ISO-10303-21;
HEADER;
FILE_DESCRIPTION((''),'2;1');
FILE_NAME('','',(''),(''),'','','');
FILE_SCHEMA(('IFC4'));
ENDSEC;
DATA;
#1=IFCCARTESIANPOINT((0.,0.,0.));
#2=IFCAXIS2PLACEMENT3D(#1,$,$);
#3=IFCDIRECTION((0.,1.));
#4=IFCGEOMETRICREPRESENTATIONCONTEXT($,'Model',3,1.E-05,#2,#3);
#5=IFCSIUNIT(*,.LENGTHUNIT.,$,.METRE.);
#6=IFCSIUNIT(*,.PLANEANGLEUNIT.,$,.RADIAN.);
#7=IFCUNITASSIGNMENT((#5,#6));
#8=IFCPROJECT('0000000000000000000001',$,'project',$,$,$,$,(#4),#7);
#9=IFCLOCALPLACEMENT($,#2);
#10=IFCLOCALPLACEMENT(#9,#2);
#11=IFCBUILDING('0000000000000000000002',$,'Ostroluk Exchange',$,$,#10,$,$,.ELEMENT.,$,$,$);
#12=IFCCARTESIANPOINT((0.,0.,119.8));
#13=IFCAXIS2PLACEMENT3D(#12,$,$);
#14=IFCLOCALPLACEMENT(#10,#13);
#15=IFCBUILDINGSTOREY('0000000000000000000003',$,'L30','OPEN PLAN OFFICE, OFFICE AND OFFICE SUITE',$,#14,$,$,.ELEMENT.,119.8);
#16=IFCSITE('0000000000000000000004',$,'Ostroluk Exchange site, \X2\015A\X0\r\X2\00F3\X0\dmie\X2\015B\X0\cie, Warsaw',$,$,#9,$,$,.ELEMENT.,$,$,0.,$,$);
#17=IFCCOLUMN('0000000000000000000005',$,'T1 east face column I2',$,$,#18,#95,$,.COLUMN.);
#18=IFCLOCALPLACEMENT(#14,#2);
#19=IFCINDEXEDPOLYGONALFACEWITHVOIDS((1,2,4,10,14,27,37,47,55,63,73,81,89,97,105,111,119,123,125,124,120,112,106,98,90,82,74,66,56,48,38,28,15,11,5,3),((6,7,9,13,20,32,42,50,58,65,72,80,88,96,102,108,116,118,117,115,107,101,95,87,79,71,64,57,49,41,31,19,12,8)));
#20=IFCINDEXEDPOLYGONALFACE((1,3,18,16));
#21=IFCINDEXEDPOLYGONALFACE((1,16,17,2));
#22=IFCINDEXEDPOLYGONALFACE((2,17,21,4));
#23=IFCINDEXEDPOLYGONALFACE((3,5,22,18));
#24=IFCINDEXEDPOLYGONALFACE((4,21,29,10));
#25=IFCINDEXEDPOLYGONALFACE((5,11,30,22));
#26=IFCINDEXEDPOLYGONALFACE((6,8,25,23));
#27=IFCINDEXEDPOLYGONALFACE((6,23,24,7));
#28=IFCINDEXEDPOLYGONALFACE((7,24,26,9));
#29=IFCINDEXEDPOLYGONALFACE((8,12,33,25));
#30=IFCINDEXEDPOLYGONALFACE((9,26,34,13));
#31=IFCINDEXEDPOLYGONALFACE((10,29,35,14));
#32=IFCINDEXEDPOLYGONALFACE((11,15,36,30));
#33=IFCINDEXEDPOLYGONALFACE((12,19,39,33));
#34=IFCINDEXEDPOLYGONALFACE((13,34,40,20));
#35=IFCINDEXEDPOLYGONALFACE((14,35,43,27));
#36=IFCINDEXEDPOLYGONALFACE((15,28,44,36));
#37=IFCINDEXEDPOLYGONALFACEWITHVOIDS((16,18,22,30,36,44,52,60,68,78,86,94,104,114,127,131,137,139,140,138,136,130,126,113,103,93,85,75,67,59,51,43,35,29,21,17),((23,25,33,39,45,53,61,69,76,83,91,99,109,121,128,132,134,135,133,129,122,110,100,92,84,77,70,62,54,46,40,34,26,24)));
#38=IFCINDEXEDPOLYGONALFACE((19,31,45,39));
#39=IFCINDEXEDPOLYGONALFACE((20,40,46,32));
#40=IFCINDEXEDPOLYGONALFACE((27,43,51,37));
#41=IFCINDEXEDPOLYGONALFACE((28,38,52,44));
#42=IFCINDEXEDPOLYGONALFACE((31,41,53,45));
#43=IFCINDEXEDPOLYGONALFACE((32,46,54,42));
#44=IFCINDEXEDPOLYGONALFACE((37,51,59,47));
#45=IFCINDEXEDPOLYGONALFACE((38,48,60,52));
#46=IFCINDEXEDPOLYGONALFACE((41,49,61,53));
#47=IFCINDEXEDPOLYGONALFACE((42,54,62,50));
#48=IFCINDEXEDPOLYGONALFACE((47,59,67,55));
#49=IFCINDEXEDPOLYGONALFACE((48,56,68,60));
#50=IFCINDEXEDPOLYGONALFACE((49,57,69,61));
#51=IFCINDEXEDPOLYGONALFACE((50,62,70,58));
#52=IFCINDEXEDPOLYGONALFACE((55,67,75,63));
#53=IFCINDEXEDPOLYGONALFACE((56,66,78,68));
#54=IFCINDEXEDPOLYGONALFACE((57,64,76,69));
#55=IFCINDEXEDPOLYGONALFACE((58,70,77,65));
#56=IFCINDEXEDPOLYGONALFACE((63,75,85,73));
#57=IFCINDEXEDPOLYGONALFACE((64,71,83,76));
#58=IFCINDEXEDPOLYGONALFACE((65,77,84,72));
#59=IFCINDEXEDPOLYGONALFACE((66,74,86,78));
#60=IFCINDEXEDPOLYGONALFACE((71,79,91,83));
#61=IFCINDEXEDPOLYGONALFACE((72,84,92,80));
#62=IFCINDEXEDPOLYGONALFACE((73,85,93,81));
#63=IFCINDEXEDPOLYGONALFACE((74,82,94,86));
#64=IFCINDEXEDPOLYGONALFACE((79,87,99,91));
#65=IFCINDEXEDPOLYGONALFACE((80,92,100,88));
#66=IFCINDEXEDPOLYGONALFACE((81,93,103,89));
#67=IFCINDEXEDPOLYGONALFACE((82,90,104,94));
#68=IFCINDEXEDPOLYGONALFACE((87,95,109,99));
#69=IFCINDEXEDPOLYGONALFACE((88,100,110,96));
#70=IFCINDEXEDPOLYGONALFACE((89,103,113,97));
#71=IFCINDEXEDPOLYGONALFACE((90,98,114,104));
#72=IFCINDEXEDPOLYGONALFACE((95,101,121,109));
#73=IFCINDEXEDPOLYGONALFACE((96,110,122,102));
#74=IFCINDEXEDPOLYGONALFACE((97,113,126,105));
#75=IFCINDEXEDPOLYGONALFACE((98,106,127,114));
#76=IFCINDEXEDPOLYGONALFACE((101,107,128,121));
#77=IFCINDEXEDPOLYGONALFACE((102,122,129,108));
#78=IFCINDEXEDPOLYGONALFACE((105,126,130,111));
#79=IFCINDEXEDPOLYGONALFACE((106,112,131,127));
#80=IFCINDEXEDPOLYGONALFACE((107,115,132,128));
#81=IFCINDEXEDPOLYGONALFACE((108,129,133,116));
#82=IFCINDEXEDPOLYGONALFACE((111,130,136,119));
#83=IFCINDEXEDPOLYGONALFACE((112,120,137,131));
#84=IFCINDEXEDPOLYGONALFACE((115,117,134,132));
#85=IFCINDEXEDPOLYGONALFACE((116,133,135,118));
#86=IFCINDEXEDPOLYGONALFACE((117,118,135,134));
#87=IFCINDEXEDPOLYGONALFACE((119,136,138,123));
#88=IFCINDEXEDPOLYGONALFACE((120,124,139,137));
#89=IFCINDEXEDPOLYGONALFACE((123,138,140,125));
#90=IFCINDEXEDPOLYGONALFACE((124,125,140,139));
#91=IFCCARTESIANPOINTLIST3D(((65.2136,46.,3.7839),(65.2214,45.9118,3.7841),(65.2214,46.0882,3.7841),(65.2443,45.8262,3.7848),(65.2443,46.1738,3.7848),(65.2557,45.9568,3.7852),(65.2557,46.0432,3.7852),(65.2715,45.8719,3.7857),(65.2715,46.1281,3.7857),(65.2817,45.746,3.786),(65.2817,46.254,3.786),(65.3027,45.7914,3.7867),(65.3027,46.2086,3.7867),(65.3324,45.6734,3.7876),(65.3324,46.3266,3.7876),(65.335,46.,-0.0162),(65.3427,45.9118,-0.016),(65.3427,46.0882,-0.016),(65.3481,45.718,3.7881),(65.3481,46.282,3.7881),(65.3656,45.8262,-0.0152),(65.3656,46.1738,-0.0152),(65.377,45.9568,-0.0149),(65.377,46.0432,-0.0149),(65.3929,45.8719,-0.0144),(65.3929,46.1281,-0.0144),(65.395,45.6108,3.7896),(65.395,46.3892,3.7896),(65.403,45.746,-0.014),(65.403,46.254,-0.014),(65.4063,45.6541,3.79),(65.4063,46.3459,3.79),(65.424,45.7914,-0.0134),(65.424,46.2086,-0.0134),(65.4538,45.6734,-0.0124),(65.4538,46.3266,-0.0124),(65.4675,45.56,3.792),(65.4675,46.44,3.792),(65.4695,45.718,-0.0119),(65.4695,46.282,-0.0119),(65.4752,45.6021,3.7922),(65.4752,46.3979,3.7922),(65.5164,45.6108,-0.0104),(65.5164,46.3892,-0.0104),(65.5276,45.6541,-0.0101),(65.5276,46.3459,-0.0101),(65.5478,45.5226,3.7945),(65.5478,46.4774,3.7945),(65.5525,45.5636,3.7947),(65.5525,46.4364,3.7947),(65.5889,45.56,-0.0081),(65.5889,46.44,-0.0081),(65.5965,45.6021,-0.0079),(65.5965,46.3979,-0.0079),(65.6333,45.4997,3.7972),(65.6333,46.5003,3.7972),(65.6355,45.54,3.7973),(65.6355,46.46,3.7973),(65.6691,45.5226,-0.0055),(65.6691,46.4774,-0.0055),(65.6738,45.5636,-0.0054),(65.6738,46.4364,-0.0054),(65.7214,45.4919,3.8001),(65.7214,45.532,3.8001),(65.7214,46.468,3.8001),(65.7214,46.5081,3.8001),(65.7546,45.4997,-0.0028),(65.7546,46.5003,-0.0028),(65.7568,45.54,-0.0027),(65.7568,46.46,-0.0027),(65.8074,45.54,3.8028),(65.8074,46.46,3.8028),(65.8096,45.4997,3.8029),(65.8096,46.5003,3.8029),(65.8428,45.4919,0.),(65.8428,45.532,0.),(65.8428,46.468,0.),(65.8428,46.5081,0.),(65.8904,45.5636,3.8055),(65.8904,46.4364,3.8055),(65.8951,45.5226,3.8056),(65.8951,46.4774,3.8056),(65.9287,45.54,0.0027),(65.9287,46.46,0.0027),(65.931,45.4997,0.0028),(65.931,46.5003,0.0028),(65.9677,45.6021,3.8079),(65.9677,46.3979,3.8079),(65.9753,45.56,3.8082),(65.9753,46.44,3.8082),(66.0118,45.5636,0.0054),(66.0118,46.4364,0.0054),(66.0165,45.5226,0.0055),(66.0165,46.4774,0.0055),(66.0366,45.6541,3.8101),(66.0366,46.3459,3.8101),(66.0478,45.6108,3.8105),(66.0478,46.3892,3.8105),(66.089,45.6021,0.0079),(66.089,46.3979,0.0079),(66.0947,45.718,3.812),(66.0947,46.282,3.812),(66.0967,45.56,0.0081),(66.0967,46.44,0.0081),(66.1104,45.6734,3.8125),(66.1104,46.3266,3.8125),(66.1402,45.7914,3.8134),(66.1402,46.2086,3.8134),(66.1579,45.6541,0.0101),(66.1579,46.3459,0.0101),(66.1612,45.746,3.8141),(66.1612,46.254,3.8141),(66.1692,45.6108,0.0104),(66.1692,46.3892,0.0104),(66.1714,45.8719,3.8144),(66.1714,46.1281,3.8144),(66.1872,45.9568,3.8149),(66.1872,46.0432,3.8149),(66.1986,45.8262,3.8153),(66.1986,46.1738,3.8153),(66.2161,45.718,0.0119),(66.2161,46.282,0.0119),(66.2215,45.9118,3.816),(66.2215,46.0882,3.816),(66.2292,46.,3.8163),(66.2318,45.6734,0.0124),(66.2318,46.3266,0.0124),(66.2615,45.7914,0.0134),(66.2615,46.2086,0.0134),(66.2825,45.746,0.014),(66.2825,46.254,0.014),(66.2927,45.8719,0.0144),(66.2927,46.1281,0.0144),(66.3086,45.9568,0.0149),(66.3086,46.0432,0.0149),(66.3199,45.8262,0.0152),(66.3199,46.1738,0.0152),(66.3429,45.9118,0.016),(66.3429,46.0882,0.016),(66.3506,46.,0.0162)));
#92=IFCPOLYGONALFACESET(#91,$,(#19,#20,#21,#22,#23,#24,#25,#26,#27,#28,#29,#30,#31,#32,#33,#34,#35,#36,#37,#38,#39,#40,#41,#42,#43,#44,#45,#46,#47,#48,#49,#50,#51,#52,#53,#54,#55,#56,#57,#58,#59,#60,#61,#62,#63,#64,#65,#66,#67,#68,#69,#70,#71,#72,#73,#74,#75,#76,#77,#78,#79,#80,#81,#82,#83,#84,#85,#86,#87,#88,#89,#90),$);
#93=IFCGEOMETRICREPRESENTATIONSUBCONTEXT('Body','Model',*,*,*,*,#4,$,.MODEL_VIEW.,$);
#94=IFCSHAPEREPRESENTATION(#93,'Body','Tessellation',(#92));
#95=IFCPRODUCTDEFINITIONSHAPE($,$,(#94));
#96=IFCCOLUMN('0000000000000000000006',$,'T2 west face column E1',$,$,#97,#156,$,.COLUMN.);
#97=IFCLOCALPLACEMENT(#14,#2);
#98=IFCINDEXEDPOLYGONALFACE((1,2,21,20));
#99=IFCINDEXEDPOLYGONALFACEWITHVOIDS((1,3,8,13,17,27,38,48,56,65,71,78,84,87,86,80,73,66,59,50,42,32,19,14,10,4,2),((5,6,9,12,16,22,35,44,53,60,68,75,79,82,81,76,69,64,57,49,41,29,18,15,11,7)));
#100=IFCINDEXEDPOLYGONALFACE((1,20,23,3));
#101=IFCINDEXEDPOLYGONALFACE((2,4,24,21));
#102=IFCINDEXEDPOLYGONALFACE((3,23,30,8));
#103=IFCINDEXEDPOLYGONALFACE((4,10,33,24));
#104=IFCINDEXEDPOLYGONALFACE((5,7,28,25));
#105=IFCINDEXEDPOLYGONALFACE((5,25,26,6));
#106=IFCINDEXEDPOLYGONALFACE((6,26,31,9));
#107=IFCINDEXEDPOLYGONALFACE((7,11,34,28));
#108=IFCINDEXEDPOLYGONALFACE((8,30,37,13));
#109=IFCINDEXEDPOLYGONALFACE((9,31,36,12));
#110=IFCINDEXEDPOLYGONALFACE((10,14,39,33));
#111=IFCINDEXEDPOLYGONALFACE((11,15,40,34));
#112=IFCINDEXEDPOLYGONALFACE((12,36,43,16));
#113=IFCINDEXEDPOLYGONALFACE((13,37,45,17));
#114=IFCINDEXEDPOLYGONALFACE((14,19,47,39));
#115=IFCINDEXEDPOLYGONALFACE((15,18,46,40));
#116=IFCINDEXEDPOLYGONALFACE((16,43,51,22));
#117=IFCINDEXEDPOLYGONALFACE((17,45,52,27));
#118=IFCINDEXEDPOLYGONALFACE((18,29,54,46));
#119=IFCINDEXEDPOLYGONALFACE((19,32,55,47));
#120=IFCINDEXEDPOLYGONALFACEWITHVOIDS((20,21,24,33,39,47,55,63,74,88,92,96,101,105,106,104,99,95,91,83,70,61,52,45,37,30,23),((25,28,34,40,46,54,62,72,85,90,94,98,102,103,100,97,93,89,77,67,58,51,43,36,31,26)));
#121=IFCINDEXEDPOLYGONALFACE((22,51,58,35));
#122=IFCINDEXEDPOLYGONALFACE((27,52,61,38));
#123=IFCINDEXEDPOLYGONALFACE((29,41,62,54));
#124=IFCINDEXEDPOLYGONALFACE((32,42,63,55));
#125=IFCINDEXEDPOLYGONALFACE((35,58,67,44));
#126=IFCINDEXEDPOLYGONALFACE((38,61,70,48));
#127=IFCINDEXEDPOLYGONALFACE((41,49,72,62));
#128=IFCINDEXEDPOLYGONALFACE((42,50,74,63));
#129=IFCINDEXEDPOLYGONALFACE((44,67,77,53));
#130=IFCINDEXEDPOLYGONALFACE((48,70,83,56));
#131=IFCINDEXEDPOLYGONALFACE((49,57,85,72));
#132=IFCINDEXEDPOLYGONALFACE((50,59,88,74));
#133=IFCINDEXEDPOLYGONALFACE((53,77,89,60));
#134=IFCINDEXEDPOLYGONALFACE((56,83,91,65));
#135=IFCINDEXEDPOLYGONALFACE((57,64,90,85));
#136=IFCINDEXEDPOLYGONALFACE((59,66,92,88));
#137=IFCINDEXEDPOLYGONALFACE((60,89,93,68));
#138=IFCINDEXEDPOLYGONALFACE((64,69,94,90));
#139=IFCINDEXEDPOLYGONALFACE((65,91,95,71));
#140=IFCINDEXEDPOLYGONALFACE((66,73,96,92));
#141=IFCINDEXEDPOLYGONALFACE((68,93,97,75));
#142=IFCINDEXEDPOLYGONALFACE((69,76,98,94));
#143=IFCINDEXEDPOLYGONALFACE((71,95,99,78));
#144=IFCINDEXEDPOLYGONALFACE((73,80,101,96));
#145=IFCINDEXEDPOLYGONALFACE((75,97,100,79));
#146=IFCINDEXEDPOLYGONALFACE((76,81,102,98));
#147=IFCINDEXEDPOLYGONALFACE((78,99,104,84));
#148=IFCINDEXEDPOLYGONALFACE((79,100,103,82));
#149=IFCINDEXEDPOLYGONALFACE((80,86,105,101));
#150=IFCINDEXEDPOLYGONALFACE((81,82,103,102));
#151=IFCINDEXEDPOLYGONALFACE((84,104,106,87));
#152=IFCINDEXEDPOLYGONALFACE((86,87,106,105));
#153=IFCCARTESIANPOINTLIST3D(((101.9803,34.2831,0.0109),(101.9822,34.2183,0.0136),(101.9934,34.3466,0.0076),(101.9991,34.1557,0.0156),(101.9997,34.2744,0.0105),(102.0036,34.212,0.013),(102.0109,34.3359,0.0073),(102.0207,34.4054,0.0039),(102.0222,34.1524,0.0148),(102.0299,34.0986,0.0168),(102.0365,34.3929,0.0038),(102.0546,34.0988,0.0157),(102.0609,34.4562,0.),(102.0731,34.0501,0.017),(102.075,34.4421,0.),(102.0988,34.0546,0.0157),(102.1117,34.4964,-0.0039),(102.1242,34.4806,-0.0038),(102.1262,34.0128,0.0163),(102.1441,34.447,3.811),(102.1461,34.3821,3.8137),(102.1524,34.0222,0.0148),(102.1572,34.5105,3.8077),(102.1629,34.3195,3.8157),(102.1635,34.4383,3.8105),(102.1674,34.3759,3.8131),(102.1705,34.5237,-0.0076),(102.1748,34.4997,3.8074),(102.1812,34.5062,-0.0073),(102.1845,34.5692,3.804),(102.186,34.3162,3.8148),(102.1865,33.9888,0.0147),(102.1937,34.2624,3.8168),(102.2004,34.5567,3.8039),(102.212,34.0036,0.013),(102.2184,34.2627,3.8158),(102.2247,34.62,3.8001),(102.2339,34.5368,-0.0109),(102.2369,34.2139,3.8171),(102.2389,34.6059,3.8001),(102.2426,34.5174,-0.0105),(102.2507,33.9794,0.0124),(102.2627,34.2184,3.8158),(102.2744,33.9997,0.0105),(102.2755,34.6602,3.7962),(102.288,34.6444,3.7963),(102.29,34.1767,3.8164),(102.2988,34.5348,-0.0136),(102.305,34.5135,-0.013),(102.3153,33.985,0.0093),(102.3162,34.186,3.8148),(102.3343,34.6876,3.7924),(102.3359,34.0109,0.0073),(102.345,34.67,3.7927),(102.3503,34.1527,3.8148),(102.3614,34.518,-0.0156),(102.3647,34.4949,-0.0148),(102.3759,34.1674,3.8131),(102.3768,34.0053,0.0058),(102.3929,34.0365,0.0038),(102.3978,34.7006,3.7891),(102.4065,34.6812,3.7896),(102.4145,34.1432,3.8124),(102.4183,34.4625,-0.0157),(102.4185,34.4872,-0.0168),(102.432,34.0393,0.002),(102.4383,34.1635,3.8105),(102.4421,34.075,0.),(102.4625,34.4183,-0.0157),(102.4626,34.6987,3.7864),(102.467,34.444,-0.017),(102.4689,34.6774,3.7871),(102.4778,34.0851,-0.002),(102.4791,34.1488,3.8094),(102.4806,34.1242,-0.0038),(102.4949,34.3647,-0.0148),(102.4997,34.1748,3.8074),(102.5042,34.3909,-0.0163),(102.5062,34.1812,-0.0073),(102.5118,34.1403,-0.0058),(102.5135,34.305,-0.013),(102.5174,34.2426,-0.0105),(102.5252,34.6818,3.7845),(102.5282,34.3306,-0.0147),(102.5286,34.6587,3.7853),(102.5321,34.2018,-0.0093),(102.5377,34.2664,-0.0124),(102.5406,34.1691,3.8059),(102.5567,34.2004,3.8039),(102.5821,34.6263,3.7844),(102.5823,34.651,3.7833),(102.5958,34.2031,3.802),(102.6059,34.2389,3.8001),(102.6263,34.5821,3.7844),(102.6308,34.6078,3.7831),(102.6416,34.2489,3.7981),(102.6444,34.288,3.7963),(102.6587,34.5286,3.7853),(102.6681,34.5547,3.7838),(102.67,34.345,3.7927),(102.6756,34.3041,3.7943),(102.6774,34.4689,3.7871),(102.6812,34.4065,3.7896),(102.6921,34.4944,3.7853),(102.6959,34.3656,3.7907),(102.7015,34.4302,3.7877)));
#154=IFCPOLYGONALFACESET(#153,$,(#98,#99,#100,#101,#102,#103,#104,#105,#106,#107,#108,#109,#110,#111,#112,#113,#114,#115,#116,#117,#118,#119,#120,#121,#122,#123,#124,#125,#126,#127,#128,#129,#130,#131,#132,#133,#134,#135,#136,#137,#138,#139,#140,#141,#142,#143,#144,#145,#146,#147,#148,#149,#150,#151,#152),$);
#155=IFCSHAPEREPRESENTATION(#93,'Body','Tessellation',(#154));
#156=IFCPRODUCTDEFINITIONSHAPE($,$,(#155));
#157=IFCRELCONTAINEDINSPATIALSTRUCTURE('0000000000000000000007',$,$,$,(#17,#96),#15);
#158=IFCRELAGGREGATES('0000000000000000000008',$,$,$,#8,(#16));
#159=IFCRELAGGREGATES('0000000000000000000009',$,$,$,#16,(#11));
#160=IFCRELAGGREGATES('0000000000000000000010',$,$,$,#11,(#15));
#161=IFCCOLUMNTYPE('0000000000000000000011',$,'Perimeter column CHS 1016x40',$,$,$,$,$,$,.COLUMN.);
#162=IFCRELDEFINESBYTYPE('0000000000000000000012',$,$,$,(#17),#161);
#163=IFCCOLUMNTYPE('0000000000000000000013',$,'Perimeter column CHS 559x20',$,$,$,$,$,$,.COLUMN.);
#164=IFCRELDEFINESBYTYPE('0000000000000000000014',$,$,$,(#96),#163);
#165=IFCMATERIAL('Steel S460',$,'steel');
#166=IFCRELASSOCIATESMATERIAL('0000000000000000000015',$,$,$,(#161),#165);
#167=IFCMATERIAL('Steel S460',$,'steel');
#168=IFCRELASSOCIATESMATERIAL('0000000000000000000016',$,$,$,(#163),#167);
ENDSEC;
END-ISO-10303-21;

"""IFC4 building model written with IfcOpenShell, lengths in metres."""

from ifc_helpers import new_model, si_unit, direction, frame, origin, origin_2d, place, context, subcontext, project, spatial, hollow_circle, extrude, material, material_profile, profile_set, type_object, element, save


model = new_model("IFC4")

# Units and contexts
model_context = context("Model", 3, precision=1e-05, world=origin(), true_north=direction((0.0, 1.0)))
body_context = subcontext(model_context, "Body", "Model", "MODEL_VIEW")
ifc_project = project(units=[si_unit("LENGTHUNIT", "METRE"), si_unit("PLANEANGLEUNIT", "RADIAN")], contexts=[model_context])

# Site, building, storey
site_placement = place(None, origin())
site = spatial("IfcSite", under=ifc_project, at=site_placement, Name="Ostroluk Exchange site, Śródmieście, Warsaw", CompositionType="ELEMENT", RefElevation=0.0)
building_placement = place(site_placement, origin())
building = spatial("IfcBuilding", under=site, at=building_placement, Name="Ostroluk Exchange", CompositionType="ELEMENT")
storey_placement = place(building_placement, frame((0.0, 0.0, 119.8)))
storey = spatial("IfcBuildingStorey", under=building, at=storey_placement, Name="L30", Description="OPEN PLAN OFFICE, OFFICE AND OFFICE SUITE", CompositionType="ELEMENT", Elevation=119.8)

# Columns
ifc_material_1 = material(Name="Steel S460", Category="steel")
ifc_material_profile_1 = material_profile(ifc_material_1, hollow_circle(Radius=0.5081, WallThickness=0.04, at=origin_2d()), Name="CHS 1016x40")
ifc_profile_set_1 = profile_set([ifc_material_profile_1], Name="Steel S460")
column_type_1 = type_object("IfcColumnType", Name="Perimeter column CHS 1016x40", PredefinedType="COLUMN", material=ifc_profile_set_1)
column_1_placement = place(storey_placement, frame((65.8428, 46.0, 0.0), z_axis=(-0.031914, 0.0, 0.999491), x_axis=(0.0, -1.0, 0.0)))
element("IfcColumn", 1, at=column_1_placement, inside=storey, type_object=column_type_1, Name="T1 east face column I2", PredefinedType="COLUMN", context=body_context, shape_type="SweptSolid", body=[
    extrude(hollow_circle(Radius=0.5081, WallThickness=0.04, at=origin_2d()), origin(), (0.0, 0.0, 1.0), 3.802),
])
ifc_material_2 = material(Name="Steel S460", Category="steel")
ifc_material_profile_2 = material_profile(ifc_material_2, hollow_circle(Radius=0.2795, WallThickness=0.02, at=origin_2d()), Name="CHS 559x20")
ifc_profile_set_2 = profile_set([ifc_material_profile_2], Name="Steel S460")
column_type_2 = type_object("IfcColumnType", Name="Perimeter column CHS 559x20", PredefinedType="COLUMN", material=ifc_profile_set_2)
column_2_placement = place(storey_placement, frame((102.2585, 34.2585, 0.0), z_axis=(0.04303, 0.04303, 0.998147), x_axis=(-0.707107, 0.707107, 0.0)))
element("IfcColumn", 2, at=column_2_placement, inside=storey, type_object=column_type_2, Name="T2 west face column E1", PredefinedType="COLUMN", context=body_context, shape_type="SweptSolid", body=[
    extrude(hollow_circle(Radius=0.2795, WallThickness=0.02, at=origin_2d()), origin(), (0.0, 0.0, 1.0), 3.8071),
])

save(model, "model.ifc")
